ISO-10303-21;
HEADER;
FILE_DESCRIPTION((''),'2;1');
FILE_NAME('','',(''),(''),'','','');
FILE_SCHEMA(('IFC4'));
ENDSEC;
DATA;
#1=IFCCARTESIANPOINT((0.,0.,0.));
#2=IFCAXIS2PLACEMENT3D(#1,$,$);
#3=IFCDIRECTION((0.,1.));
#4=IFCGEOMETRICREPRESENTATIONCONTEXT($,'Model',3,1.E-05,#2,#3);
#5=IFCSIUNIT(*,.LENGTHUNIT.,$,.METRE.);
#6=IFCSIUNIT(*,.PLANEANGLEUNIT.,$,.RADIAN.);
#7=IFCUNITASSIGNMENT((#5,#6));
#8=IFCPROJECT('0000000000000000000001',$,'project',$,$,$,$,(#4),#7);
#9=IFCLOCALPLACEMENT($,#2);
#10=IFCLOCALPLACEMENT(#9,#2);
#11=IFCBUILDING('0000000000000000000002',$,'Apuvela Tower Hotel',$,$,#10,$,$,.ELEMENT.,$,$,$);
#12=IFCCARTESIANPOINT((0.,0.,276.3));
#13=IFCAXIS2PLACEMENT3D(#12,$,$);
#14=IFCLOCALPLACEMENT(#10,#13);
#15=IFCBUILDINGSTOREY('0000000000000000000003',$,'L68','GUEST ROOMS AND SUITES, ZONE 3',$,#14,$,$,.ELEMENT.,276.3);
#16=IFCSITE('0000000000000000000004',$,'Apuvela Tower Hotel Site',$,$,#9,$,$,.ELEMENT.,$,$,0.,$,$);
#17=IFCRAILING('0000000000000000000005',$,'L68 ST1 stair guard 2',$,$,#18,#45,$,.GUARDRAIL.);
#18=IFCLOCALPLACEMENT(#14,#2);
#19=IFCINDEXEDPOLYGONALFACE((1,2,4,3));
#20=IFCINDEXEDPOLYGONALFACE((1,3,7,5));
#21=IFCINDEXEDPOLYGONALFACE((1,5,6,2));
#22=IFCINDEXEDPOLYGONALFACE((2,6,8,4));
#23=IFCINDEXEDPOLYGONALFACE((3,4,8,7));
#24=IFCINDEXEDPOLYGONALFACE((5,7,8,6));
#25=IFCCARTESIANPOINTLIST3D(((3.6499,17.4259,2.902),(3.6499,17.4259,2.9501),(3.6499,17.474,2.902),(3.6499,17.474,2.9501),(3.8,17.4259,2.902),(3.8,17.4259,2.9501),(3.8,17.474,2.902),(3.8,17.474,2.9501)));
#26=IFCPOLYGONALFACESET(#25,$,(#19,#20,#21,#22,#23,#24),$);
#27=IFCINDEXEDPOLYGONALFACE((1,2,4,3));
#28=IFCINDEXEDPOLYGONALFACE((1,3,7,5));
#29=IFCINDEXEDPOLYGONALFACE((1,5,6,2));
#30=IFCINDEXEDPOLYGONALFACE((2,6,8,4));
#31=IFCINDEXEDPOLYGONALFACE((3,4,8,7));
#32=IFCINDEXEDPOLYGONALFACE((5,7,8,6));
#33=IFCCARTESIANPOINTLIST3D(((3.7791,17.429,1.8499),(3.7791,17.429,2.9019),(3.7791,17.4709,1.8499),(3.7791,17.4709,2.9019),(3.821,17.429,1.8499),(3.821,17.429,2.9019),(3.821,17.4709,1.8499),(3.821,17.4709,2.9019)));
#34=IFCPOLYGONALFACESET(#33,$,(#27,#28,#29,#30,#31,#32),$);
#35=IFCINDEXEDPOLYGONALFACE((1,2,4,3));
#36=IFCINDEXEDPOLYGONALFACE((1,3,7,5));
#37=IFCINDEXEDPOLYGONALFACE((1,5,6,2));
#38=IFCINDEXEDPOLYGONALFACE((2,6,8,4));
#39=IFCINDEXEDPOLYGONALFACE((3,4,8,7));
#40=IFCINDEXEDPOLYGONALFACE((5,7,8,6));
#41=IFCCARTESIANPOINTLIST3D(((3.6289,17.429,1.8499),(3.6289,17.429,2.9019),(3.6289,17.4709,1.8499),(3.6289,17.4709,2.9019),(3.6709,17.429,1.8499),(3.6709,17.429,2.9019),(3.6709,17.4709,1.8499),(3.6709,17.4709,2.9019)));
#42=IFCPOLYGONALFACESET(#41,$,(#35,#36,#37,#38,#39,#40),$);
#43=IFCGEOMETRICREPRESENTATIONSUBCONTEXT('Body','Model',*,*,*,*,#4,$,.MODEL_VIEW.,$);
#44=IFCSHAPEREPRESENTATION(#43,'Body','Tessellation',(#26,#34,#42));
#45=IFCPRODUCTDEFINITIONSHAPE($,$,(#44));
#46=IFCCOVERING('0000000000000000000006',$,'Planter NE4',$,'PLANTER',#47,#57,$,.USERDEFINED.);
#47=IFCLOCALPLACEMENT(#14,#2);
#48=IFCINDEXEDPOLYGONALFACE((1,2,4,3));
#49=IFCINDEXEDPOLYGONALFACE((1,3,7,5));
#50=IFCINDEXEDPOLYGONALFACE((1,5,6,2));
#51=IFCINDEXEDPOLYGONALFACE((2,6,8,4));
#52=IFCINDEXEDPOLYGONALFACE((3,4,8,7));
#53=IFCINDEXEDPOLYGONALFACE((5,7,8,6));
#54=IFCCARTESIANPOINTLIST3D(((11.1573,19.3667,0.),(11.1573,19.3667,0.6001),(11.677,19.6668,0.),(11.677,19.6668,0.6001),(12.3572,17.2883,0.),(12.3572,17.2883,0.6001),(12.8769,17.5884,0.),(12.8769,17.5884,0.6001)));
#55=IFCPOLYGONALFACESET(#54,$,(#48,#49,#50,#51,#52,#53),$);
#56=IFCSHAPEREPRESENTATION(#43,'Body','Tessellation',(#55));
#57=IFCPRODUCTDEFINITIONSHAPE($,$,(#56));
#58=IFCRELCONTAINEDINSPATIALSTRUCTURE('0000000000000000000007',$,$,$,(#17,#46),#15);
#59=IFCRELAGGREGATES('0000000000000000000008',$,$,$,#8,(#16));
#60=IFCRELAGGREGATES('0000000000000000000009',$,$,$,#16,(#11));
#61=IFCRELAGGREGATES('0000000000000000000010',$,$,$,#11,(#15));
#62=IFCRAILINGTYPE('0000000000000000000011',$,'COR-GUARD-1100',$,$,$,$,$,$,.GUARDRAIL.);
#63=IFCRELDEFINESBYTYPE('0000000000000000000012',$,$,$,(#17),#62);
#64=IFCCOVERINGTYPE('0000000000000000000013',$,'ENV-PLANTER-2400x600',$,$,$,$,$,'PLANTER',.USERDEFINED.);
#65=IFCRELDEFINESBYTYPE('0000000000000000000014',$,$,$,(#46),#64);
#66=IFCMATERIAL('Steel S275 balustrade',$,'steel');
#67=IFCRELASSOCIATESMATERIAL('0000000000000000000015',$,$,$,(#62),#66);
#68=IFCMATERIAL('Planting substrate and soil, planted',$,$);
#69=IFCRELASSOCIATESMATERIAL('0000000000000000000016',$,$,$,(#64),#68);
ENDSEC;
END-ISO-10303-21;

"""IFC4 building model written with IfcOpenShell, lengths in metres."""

from ifc_helpers import new_model, si_unit, direction, frame, origin, origin_2d, place, context, subcontext, project, spatial, rectangle, extrude, material, type_object, element, save


model = new_model("IFC4")

# Units and contexts
model_context = context("Model", 3, precision=1e-05, world=origin(), true_north=direction((0.0, 1.0)))
body_context = subcontext(model_context, "Body", "Model", "MODEL_VIEW")
ifc_project = project(units=[si_unit("LENGTHUNIT", "METRE"), si_unit("PLANEANGLEUNIT", "RADIAN")], contexts=[model_context])

# Site, building, storey
site_placement = place(None, origin())
site = spatial("IfcSite", under=ifc_project, at=site_placement, Name="Apuvela Tower Hotel Site", CompositionType="ELEMENT", RefElevation=0.0)
building_placement = place(site_placement, origin())
building = spatial("IfcBuilding", under=site, at=building_placement, Name="Apuvela Tower Hotel", CompositionType="ELEMENT")
storey_placement = place(building_placement, frame((0.0, 0.0, 276.3)))
storey = spatial("IfcBuildingStorey", under=building, at=storey_placement, Name="L68", Description="GUEST ROOMS AND SUITES, ZONE 3", CompositionType="ELEMENT", Elevation=276.3)

# Railing
ifc_material_1 = material(Name="Steel S275 balustrade", Category="steel")
railing_type = type_object("IfcRailingType", Name="COR-GUARD-1100", PredefinedType="GUARDRAIL", material=ifc_material_1)
railing_placement = place(storey_placement, frame((3.8, 17.45, 1.8499)))
element("IfcRailing", 1, at=railing_placement, inside=storey, type_object=railing_type, Name="L68 ST1 stair guard 2", PredefinedType="GUARDRAIL", context=body_context, shape_type="SweptSolid", body=[
    extrude(rectangle(XDim=0.0481, YDim=0.0481, at=origin_2d()), frame((0.0, 0.0, 1.0762), z_axis=(-1.0, 0.0, 0.0), x_axis=(0.0, -1.0, 0.0)), (0.0, 0.0, 1.0), 0.1501),
    extrude(rectangle(XDim=0.042, YDim=0.042, at=origin_2d()), origin(), (0.0, 0.0, 1.0), 1.052),
    extrude(rectangle(XDim=0.042, YDim=0.042, at=origin_2d()), frame((-0.1501, 0.0, 0.0)), (0.0, 0.0, 1.0), 1.052),
])

# Covering
ifc_material_2 = material(Name="Planting substrate and soil, planted")
covering_type = type_object("IfcCoveringType", Name="ENV-PLANTER-2400x600", ElementType="PLANTER", PredefinedType="USERDEFINED", material=ifc_material_2)
covering_placement = place(storey_placement, frame((12.0171, 18.4775, 0.0), z_axis=(0.0, 0.0, 1.0), x_axis=(-0.5, 0.866025, 0.0)))
element("IfcCovering", 2, at=covering_placement, inside=storey, type_object=covering_type, Name="Planter NE4", ObjectType="PLANTER", PredefinedType="USERDEFINED", context=body_context, shape_type="SweptSolid", body=[
    extrude(rectangle(XDim=2.3999, YDim=0.6001, at=origin_2d()), origin(), (0.0, 0.0, 1.0), 0.6001),
])

save(model, "model.ifc")
